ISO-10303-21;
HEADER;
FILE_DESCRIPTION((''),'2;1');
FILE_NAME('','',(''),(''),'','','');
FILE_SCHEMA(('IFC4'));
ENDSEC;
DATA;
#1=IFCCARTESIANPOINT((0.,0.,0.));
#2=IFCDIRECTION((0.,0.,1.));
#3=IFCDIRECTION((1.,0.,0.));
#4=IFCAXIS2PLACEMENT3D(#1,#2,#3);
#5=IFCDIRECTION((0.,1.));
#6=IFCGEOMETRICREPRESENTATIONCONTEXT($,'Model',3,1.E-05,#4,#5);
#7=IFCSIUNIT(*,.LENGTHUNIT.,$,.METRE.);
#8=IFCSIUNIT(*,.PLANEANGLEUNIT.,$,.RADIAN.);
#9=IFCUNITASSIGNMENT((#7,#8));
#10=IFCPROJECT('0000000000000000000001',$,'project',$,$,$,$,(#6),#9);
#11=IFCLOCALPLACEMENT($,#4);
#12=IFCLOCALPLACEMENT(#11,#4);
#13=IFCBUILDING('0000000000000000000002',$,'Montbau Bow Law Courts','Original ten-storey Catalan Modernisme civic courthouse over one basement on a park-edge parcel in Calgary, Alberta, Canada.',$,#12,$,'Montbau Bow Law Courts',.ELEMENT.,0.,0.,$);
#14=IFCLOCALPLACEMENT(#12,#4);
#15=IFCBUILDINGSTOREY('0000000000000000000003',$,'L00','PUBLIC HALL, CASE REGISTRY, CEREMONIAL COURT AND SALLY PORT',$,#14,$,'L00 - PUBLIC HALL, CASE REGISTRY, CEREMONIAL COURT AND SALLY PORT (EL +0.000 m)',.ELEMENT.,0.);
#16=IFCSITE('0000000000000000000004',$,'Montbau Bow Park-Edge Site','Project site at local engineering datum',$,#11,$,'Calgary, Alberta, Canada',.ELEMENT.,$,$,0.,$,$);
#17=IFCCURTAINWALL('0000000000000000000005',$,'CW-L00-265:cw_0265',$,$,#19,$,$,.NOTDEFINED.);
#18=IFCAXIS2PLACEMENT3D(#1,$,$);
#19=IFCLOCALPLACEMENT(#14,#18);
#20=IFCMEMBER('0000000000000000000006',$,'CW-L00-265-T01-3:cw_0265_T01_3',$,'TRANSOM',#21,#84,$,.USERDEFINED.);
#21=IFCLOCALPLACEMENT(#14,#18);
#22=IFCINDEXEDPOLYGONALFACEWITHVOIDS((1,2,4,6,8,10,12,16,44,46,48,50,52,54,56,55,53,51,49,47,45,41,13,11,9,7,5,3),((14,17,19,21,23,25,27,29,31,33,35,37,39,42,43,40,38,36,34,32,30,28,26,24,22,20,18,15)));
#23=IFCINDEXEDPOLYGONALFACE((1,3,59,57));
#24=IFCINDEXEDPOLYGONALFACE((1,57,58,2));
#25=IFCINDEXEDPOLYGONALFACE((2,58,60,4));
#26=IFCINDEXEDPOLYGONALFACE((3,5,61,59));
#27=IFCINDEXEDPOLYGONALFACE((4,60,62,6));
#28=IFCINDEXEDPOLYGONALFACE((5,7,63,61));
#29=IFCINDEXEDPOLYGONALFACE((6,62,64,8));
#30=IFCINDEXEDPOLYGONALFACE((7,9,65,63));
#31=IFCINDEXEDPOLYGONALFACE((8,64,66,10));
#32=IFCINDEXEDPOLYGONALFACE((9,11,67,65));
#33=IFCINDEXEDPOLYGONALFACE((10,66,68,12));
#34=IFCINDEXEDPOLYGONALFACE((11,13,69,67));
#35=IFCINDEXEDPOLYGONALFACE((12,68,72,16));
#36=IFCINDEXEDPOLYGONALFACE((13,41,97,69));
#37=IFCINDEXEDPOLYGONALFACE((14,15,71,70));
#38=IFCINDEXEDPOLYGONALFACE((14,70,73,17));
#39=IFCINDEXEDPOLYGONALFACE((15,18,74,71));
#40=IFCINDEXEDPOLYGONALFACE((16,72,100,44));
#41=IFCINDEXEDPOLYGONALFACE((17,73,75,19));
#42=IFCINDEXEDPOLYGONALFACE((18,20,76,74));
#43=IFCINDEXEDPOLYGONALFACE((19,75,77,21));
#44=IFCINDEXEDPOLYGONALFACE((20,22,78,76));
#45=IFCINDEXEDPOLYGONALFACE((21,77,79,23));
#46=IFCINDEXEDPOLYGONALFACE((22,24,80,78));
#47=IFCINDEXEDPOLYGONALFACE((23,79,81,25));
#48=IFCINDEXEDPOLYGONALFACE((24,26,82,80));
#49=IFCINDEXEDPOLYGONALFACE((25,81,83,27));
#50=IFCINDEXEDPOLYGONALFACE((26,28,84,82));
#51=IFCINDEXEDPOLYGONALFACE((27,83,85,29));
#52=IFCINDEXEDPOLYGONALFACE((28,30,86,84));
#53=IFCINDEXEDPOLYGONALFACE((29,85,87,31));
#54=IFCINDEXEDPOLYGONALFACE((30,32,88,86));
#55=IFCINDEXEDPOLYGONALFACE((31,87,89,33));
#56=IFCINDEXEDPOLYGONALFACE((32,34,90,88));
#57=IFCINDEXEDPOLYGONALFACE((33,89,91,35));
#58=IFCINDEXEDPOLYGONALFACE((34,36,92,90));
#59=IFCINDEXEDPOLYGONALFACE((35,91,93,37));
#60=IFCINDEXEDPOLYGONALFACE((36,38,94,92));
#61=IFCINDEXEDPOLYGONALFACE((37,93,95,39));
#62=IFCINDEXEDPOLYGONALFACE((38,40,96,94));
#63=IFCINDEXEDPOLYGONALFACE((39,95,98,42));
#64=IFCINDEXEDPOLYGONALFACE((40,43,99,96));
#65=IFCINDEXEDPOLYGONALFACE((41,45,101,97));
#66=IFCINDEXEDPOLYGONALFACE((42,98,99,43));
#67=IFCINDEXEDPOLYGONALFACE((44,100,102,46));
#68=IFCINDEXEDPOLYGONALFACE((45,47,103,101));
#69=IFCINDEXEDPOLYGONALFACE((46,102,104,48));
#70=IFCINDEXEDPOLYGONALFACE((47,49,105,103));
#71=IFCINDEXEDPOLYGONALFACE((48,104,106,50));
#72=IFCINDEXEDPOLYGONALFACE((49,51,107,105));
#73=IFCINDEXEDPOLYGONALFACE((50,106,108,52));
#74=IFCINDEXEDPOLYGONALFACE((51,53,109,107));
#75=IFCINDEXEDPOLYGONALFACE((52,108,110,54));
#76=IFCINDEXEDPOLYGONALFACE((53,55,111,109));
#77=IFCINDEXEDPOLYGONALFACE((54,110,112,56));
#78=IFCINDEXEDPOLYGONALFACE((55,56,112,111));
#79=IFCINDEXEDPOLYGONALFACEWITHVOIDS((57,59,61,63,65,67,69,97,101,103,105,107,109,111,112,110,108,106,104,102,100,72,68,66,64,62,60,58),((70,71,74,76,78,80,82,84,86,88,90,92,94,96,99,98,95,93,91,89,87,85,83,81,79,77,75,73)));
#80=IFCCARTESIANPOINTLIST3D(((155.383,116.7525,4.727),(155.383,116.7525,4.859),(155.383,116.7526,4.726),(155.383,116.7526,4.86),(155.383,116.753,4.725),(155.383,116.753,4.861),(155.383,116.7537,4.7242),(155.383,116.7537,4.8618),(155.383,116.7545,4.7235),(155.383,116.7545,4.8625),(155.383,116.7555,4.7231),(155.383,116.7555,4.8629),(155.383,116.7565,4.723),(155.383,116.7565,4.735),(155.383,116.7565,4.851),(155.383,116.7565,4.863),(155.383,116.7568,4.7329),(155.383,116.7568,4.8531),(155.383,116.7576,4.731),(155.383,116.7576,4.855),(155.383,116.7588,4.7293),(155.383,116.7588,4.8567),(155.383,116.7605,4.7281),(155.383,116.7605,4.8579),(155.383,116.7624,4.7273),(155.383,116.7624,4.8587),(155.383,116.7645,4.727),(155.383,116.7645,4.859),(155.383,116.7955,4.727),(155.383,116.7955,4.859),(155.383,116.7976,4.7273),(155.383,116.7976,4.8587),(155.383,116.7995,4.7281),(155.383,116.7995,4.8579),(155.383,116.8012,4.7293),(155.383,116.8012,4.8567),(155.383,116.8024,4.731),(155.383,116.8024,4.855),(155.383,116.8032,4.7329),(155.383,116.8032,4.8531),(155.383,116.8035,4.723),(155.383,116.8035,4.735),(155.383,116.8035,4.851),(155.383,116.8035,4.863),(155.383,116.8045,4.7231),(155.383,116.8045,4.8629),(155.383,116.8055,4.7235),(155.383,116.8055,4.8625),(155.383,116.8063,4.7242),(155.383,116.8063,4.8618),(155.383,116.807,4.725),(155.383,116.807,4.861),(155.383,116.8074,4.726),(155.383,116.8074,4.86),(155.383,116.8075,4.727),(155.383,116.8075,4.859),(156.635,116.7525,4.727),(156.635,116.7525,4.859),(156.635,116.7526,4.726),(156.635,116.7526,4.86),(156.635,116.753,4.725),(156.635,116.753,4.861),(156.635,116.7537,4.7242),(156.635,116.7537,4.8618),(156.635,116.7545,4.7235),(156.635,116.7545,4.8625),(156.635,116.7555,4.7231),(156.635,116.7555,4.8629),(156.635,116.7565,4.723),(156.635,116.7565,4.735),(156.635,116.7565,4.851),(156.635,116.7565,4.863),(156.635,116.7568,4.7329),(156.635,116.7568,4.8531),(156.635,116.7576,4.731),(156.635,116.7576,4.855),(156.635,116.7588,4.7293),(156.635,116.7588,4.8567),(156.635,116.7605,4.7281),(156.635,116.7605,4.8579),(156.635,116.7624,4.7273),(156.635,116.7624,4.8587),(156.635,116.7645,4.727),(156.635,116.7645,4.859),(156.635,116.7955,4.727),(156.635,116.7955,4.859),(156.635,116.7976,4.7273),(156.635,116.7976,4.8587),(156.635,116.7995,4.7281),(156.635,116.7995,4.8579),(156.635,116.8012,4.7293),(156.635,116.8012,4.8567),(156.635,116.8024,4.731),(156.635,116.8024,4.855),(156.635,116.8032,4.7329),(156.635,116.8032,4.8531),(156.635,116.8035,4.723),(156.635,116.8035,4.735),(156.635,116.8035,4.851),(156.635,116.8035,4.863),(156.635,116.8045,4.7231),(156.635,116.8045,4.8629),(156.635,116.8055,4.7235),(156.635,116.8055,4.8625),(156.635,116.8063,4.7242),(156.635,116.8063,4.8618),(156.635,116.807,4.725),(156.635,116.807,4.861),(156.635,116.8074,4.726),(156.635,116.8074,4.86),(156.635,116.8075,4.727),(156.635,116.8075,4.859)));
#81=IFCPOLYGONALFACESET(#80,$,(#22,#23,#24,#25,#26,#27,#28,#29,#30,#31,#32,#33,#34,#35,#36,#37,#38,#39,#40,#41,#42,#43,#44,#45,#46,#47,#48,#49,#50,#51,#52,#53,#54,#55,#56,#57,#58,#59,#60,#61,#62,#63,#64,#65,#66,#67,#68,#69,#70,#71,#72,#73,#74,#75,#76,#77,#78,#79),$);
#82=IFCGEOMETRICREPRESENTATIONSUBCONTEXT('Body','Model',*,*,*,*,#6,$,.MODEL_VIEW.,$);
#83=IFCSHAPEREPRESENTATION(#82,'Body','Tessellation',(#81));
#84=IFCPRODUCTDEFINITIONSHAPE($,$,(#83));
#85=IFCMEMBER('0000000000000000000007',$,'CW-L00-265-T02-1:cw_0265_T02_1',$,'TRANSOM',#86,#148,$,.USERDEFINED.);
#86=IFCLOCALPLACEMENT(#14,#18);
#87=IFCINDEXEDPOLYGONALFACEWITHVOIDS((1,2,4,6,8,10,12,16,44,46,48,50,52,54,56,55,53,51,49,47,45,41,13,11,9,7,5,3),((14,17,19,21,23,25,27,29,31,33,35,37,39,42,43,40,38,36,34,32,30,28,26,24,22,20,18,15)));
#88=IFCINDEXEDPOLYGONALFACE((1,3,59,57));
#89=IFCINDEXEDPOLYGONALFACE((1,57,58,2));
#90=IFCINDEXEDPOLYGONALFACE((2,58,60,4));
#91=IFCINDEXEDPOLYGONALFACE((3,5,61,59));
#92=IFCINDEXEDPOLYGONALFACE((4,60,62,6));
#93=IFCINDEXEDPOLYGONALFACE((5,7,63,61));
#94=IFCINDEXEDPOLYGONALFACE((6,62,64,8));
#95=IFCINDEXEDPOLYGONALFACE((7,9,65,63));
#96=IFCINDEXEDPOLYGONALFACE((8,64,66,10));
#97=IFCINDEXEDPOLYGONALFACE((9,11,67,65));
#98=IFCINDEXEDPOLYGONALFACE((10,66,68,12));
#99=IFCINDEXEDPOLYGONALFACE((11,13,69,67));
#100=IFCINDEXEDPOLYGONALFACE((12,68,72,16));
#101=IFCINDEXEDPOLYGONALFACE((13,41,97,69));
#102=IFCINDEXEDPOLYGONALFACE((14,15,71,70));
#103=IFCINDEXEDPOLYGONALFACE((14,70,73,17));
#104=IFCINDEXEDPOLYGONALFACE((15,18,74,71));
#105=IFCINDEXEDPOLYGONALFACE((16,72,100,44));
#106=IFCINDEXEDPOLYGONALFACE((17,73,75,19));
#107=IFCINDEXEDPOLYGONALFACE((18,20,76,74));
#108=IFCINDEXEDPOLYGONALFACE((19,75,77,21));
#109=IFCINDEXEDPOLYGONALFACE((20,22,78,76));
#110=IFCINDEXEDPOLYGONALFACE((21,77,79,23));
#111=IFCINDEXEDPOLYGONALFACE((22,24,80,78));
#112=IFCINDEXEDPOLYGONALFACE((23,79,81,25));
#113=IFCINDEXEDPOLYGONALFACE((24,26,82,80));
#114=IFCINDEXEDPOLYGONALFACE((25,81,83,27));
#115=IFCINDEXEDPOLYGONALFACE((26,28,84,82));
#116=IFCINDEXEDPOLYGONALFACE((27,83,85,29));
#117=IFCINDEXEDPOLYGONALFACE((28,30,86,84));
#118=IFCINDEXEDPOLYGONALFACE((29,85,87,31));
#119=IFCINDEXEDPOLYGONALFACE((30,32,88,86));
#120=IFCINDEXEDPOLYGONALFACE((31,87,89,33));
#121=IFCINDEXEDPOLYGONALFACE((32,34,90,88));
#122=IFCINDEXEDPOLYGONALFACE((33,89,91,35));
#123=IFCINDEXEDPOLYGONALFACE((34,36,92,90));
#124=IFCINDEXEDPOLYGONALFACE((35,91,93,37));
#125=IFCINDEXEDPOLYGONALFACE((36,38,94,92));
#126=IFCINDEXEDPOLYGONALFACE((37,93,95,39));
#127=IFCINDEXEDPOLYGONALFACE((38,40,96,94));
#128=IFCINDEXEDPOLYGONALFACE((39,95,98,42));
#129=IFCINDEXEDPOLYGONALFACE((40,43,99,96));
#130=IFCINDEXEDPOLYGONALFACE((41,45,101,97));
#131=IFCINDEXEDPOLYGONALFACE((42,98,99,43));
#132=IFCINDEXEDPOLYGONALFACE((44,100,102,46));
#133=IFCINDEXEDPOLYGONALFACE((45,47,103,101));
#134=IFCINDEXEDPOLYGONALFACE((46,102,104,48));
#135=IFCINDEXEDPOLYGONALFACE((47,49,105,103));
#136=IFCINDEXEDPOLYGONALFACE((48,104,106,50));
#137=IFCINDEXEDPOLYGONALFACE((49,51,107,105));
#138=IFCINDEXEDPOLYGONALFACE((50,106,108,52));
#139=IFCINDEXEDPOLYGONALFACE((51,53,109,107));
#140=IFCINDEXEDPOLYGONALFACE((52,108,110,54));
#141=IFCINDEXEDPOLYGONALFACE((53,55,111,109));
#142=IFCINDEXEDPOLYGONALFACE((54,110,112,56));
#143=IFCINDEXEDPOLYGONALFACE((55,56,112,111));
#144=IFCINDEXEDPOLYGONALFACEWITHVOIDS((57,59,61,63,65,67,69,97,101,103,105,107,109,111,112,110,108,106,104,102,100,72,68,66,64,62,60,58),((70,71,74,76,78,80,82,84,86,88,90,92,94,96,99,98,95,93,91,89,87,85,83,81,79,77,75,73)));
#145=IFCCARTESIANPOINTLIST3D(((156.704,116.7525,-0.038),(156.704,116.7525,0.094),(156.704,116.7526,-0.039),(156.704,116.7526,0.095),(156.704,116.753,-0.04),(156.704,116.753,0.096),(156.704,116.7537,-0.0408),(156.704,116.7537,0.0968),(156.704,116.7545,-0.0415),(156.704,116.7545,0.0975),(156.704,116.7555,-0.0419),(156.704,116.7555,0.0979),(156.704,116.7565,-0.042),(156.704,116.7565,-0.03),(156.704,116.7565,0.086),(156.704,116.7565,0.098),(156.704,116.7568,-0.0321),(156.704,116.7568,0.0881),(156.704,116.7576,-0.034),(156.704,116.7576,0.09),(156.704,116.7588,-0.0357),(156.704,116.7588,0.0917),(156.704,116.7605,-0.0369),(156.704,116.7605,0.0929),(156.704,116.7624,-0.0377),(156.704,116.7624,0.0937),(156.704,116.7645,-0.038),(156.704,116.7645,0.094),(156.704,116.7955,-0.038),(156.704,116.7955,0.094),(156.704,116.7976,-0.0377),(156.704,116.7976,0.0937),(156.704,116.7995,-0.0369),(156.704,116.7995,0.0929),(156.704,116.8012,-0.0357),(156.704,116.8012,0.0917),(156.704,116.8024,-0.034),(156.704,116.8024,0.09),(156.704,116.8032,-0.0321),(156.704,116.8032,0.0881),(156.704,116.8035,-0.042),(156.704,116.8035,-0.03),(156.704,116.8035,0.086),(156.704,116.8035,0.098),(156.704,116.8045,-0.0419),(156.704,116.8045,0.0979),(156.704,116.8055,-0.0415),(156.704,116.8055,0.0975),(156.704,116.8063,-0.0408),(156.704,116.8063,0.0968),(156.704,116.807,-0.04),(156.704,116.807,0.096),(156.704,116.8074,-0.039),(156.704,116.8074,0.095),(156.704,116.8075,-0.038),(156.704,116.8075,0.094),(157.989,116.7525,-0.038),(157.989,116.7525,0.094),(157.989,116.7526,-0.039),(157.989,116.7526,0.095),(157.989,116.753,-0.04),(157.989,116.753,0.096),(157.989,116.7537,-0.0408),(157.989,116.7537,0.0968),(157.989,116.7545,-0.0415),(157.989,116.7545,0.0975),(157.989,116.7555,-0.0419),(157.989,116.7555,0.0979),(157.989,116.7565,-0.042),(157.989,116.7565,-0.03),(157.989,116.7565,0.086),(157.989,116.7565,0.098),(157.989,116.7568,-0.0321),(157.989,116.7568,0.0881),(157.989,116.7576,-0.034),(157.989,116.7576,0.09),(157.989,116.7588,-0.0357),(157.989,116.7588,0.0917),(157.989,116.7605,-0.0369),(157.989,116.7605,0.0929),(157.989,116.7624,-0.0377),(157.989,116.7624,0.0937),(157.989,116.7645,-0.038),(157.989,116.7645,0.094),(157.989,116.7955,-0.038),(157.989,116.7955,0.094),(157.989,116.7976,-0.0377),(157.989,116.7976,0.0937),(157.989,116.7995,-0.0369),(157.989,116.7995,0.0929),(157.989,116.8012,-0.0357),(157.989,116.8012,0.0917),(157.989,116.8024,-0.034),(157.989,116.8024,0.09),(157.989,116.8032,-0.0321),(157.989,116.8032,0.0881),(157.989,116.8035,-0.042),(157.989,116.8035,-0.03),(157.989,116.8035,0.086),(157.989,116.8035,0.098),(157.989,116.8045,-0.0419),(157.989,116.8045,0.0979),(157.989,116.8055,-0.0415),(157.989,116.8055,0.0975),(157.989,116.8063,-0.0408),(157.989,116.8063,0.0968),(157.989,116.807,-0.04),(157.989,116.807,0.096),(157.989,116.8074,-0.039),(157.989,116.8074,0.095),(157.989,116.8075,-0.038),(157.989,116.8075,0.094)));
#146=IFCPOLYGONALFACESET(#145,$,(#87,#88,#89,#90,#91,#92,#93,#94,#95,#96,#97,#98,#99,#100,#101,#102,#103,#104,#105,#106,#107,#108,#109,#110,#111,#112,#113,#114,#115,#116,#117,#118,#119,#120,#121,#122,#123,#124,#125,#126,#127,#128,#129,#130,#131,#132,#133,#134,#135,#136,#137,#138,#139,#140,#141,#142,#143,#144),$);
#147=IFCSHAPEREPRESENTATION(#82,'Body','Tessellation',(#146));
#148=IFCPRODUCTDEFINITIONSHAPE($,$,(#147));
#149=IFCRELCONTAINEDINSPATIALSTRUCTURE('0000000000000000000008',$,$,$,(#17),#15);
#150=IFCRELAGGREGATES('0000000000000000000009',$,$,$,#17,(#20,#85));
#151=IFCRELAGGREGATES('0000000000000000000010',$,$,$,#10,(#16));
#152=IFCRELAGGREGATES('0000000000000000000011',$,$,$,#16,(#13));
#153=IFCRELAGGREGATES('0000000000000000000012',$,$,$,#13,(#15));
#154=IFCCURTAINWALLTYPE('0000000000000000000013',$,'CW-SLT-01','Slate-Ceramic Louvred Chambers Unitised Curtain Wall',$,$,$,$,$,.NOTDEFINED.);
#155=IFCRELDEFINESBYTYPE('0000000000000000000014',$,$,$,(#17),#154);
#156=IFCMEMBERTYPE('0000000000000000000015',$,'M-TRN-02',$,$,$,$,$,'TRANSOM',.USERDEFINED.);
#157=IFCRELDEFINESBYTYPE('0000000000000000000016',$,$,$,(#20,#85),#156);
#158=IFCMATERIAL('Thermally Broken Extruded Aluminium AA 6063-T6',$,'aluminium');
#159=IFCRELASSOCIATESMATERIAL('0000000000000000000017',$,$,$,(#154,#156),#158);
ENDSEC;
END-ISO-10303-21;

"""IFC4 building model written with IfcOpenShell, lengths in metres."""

from ifc_helpers import new_model, si_unit, direction, frame, origin_with_axes, origin_2d_with_axis, place, context, subcontext, project, spatial, hollow_rectangle, extrude, material, material_profile, profile_set, type_object, element, aggregate, save


model = new_model("IFC4")

# Units and contexts
model_context = context("Model", 3, precision=1e-05, world=origin_with_axes(), true_north=direction((0.0, 1.0)))
body_context = subcontext(model_context, "Body", "Model", "MODEL_VIEW")
ifc_project = project(units=[si_unit("LENGTHUNIT", "METRE"), si_unit("PLANEANGLEUNIT", "RADIAN")], contexts=[model_context])

# Site, building, storey
site_placement = place(None, origin_with_axes())
site = spatial("IfcSite", under=ifc_project, at=site_placement, Name="Montbau Bow Park-Edge Site", Description="Project site at local engineering datum", LongName="Calgary, Alberta, Canada", CompositionType="ELEMENT", RefElevation=0.0)
building_placement = place(site_placement, origin_with_axes())
building = spatial("IfcBuilding", under=site, at=building_placement, Name="Montbau Bow Law Courts", Description="Original ten-storey Catalan Modernisme civic courthouse over one basement on a park-edge parcel in Calgary, Alberta, Canada.", LongName="Montbau Bow Law Courts", CompositionType="ELEMENT", ElevationOfRefHeight=0.0, ElevationOfTerrain=0.0)
storey_placement = place(building_placement, origin_with_axes())
storey = spatial("IfcBuildingStorey", under=building, at=storey_placement, Name="L00", Description="PUBLIC HALL, CASE REGISTRY, CEREMONIAL COURT AND SALLY PORT", LongName="L00 - PUBLIC HALL, CASE REGISTRY, CEREMONIAL COURT AND SALLY PORT (EL +0.000 m)", CompositionType="ELEMENT", Elevation=0.0)

# Curtain wall, members
ifc_material_1 = material(Name="Thermally Broken Extruded Aluminium AA 6063-T6", Category="aluminium")
curtain_wall_type = type_object("IfcCurtainWallType", Name="CW-SLT-01", Description="Slate-Ceramic Louvred Chambers Unitised Curtain Wall", PredefinedType="NOTDEFINED", material=ifc_material_1)
curtain_wall_placement = place(None, frame((155.315, 116.78, 0.0), z_axis=(0.0, 0.0, 1.0), x_axis=(1.0, 0.0, 0.0)))
curtain_wall = element("IfcCurtainWall", 1, at=curtain_wall_placement, inside=storey, type_object=curtain_wall_type, Name="CW-L00-265:cw_0265", PredefinedType="NOTDEFINED")
ifc_material_profile_1 = material_profile(ifc_material_1, hollow_rectangle(XDim=0.055, YDim=0.14, WallThickness=0.004, InnerFilletRadius=0.008, OuterFilletRadius=0.004, at=origin_2d_with_axis()), Name="CWT-140X55", Category="Main", Priority=0)
ifc_profile_set_1 = profile_set([ifc_material_profile_1], Name="Thermally Broken Extruded Aluminium AA 6063-T6")
member_type_1 = type_object("IfcMemberType", Name="M-TRN-02", ElementType="TRANSOM", PredefinedType="USERDEFINED", material=ifc_profile_set_1)
member_1_placement = place(None, frame((155.383, 116.78, 4.793), z_axis=(1.0, 0.0, 0.0), x_axis=(0.0, 1.0, 0.0)))
member_1 = element("IfcMember", 2, at=member_1_placement, type_object=member_type_1, Name="CW-L00-265-T01-3:cw_0265_T01_3", ObjectType="TRANSOM", PredefinedType="USERDEFINED", context=body_context, shape_type="SweptSolid", body=[
    extrude(hollow_rectangle(XDim=0.055, YDim=0.14, WallThickness=0.004, InnerFilletRadius=0.008, OuterFilletRadius=0.004, at=origin_2d_with_axis()), origin_with_axes(), (0.0, 0.0, 1.0), 1.252),
])
member_2_placement = place(None, frame((156.704, 116.78, 0.028), z_axis=(1.0, 0.0, 0.0), x_axis=(0.0, 1.0, 0.0)))
member_2 = element("IfcMember", 3, at=member_2_placement, type_object=member_type_1, Name="CW-L00-265-T02-1:cw_0265_T02_1", ObjectType="TRANSOM", PredefinedType="USERDEFINED", context=body_context, shape_type="SweptSolid", body=[
    extrude(hollow_rectangle(XDim=0.055, YDim=0.14, WallThickness=0.004, InnerFilletRadius=0.008, OuterFilletRadius=0.004, at=origin_2d_with_axis()), origin_with_axes(), (0.0, 0.0, 1.0), 1.285),
])
aggregate(curtain_wall, [member_1, member_2])

save(model, "model.ifc")
